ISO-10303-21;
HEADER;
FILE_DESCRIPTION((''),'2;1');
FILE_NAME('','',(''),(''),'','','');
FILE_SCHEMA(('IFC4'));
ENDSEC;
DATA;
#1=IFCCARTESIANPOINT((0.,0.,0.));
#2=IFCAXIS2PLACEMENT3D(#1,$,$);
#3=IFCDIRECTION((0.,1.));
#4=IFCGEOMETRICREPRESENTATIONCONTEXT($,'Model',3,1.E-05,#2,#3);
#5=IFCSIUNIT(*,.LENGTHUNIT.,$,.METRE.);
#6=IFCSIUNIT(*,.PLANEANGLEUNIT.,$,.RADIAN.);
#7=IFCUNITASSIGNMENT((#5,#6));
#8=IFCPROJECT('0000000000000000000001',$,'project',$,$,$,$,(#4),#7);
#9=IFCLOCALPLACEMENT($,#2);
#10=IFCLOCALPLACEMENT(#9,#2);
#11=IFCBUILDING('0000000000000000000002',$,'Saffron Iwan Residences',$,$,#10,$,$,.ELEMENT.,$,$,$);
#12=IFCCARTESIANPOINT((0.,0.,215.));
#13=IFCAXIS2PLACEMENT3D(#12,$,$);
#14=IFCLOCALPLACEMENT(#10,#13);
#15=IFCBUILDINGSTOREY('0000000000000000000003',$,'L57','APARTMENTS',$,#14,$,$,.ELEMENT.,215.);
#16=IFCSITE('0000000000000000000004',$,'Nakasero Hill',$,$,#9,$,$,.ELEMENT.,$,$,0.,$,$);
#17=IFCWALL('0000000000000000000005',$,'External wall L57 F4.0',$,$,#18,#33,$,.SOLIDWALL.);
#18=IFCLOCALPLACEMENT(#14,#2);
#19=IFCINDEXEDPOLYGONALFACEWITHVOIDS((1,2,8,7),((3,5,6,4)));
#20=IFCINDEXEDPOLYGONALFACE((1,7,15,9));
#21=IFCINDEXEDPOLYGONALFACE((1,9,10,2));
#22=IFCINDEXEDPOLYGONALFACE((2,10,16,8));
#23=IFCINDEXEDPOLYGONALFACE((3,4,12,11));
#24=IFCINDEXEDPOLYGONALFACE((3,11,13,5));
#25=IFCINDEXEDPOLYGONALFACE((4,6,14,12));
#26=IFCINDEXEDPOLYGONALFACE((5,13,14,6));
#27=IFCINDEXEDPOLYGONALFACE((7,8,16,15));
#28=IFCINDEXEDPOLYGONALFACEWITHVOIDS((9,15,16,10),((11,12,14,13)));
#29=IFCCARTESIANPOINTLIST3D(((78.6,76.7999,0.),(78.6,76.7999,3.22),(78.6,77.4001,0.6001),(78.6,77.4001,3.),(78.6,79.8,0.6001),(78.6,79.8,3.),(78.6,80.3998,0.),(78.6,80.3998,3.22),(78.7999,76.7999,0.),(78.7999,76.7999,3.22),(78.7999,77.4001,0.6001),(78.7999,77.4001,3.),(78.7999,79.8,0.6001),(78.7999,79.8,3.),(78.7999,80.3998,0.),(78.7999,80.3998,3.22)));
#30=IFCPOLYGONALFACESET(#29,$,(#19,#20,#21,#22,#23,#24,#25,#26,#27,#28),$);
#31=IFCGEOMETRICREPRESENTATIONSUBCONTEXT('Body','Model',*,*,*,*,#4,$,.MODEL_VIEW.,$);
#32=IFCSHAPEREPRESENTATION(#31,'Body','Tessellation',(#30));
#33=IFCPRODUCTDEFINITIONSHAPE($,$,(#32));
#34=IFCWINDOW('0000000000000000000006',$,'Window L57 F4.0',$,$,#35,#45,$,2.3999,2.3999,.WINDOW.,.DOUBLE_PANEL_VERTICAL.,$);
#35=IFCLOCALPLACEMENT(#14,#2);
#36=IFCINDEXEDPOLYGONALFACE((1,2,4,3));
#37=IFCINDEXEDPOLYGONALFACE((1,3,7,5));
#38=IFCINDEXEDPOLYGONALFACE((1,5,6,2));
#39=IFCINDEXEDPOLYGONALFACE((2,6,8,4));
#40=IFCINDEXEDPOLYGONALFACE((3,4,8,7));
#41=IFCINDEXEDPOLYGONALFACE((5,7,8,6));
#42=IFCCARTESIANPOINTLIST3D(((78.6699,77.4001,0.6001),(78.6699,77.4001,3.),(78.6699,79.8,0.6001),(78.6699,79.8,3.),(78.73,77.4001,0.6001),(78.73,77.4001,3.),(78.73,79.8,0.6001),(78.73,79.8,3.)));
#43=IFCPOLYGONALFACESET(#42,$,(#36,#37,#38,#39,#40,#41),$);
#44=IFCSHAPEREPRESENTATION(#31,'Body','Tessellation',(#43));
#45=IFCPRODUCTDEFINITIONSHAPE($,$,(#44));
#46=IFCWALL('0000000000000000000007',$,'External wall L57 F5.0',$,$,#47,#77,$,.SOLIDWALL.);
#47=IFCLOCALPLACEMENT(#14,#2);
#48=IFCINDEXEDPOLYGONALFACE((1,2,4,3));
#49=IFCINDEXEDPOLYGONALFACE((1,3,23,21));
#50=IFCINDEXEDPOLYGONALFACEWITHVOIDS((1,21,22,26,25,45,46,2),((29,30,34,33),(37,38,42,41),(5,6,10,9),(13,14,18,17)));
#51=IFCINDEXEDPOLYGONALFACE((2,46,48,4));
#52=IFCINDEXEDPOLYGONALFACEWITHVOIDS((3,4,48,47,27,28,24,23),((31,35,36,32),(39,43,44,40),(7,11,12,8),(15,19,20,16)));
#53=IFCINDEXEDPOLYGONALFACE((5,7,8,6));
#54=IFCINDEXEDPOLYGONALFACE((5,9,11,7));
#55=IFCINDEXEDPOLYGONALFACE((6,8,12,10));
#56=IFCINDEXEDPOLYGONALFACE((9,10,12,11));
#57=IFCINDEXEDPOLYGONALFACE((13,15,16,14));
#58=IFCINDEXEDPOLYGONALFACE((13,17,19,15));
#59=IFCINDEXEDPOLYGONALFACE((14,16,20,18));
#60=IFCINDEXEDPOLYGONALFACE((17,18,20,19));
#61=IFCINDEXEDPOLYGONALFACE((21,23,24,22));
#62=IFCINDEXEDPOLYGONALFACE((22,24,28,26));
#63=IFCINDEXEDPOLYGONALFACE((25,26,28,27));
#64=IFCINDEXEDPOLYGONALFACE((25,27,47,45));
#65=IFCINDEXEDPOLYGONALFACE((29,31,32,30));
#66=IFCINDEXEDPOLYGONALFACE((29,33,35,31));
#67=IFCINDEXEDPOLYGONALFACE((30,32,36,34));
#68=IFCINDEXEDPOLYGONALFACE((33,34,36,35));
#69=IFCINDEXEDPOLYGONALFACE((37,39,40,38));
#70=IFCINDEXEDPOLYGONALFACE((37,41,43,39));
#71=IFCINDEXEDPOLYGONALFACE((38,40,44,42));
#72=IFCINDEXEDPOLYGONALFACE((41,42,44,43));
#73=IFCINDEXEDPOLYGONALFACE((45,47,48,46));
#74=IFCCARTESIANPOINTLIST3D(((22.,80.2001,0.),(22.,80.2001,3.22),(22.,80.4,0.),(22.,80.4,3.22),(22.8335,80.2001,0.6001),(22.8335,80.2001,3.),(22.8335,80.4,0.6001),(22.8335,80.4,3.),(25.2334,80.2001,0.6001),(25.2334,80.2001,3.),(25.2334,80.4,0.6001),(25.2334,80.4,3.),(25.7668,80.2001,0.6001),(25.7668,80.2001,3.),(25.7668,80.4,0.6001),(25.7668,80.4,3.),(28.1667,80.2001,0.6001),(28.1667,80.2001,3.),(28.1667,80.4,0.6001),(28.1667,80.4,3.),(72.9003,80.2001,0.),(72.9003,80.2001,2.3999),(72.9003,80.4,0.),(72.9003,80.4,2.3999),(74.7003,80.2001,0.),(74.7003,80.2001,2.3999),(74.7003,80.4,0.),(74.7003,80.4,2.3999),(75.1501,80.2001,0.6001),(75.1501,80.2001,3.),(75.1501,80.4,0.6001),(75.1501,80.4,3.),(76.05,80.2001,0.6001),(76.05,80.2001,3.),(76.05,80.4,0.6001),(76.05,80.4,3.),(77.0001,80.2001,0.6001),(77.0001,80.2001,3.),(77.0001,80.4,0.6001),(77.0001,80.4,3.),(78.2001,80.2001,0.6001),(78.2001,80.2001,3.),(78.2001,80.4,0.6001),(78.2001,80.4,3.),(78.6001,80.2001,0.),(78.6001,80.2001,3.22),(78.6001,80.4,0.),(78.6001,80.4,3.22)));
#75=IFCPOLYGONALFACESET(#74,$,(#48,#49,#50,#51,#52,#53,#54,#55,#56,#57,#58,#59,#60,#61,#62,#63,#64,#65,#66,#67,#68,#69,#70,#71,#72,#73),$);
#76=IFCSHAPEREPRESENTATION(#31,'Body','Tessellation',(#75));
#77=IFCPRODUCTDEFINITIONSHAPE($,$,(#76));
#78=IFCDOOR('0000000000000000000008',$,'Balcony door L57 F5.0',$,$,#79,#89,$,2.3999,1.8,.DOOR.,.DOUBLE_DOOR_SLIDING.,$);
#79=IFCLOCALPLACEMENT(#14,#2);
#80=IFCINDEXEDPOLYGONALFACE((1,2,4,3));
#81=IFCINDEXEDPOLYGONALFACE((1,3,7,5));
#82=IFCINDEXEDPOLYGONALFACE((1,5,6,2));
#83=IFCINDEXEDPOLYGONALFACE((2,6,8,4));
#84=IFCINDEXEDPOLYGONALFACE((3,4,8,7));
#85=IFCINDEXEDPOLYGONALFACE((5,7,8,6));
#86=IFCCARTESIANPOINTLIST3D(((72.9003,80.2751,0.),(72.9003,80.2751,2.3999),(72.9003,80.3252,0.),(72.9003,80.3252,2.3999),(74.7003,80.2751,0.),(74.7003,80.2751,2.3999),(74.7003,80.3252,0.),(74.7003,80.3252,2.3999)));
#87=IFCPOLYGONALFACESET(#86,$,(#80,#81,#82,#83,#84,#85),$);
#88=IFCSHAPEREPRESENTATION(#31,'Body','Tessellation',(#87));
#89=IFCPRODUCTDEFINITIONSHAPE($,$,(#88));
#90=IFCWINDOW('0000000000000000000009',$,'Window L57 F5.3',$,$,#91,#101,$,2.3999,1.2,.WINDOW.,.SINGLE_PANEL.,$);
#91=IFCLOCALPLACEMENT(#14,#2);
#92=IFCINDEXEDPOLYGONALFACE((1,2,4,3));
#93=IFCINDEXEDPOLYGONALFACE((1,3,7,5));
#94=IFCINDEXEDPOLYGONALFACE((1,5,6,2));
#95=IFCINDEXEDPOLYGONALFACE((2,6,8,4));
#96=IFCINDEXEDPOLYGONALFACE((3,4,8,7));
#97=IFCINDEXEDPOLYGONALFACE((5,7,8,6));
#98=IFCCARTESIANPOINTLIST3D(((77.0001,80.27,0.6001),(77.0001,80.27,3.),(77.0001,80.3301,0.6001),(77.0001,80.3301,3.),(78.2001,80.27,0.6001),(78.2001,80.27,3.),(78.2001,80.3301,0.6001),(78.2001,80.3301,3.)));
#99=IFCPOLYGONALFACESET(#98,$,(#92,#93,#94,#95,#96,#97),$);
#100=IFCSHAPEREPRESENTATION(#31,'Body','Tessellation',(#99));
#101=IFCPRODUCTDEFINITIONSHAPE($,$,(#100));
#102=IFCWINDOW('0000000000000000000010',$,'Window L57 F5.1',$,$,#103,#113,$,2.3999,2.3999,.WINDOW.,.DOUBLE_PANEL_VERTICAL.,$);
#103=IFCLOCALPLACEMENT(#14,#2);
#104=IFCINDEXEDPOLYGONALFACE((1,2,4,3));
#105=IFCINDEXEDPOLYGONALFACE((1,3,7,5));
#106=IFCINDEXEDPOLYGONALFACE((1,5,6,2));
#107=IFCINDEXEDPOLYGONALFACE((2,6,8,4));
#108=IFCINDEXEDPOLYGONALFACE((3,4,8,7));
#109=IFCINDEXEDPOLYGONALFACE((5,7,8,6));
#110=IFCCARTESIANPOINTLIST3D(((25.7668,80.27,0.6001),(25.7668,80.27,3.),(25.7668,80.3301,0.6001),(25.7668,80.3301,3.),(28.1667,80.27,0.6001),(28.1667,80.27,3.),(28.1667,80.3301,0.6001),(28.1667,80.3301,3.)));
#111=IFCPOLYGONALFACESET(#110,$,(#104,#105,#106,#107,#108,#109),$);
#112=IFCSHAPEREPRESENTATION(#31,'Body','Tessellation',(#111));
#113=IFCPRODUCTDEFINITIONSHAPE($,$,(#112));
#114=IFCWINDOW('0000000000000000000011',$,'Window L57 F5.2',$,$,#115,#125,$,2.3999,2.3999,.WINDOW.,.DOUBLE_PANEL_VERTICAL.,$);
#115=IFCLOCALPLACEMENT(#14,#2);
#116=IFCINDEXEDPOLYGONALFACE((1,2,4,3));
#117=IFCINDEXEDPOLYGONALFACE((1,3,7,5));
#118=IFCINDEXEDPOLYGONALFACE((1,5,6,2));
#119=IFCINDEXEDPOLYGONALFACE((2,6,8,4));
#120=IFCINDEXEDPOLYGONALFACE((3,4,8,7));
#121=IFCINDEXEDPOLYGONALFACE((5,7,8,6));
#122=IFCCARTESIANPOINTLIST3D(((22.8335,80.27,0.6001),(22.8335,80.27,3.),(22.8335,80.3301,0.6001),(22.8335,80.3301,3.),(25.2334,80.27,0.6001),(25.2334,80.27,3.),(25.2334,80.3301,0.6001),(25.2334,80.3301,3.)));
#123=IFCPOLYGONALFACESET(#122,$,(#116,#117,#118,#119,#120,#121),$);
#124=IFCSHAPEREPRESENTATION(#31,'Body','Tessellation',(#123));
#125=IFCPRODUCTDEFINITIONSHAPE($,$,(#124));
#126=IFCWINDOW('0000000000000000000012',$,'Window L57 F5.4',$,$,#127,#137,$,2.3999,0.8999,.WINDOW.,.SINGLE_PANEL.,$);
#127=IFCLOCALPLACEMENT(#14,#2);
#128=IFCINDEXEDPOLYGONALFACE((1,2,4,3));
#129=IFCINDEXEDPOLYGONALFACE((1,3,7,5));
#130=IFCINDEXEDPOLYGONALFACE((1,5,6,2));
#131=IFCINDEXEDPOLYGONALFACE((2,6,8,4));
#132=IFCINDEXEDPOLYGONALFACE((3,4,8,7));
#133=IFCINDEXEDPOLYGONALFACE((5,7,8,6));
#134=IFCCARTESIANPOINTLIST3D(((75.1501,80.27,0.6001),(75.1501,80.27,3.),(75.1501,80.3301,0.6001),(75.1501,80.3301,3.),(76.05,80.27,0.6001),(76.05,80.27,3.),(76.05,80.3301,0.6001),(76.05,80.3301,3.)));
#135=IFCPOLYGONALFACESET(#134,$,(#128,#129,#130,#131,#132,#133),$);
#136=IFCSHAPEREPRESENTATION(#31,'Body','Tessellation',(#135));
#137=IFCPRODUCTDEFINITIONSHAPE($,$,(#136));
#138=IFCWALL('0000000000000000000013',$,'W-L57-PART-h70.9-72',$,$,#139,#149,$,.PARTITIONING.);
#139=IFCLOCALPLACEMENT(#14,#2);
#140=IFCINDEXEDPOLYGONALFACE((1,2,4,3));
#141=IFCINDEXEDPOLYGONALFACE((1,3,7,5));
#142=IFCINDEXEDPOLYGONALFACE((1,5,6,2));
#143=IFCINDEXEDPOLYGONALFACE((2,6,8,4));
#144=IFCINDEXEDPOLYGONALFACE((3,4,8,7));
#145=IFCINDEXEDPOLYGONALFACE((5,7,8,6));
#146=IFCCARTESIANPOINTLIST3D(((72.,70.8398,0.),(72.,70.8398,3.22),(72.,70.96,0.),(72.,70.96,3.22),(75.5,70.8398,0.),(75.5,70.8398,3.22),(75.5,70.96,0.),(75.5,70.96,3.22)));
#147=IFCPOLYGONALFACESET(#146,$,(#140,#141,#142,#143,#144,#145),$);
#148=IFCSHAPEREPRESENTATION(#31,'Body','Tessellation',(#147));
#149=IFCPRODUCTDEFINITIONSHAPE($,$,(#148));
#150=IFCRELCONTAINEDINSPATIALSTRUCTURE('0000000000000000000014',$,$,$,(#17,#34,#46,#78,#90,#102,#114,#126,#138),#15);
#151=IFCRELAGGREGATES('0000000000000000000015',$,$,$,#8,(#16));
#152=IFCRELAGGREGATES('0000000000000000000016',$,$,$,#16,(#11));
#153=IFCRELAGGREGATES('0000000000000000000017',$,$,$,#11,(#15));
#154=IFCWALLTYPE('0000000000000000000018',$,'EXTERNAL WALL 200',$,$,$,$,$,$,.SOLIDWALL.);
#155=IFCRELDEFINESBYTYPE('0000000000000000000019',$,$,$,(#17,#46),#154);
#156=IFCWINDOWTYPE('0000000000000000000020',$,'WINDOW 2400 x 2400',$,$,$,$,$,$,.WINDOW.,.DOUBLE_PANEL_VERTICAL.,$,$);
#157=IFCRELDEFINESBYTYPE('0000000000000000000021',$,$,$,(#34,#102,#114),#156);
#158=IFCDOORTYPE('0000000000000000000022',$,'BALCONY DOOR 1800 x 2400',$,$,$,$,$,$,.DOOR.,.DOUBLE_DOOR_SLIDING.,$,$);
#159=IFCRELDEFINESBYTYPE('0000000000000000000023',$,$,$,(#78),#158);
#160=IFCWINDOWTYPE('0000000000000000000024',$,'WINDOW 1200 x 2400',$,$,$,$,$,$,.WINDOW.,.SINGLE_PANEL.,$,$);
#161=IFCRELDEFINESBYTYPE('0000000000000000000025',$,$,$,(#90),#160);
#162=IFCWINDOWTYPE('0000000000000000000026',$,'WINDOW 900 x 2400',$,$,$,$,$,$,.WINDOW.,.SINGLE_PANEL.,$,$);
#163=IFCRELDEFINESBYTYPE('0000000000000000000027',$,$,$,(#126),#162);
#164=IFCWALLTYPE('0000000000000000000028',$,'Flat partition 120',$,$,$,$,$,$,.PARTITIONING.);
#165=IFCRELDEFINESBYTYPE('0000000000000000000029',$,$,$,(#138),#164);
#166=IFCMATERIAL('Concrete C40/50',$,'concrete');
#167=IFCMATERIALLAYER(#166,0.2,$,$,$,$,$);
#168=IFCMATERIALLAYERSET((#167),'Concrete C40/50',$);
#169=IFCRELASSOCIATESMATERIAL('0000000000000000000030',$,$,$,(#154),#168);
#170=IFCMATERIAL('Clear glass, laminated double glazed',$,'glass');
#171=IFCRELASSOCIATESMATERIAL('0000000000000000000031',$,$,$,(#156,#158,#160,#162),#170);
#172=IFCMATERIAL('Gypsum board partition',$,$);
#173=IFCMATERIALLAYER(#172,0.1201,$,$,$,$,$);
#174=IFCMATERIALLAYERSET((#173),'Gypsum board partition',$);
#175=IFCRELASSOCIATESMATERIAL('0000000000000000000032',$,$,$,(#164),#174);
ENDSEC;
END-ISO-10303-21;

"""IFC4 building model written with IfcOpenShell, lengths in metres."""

from ifc_helpers import new_model, si_unit, direction, frame, frame_2d, origin, place, context, subcontext, project, spatial, rectangle, extrude, material, layer, layer_set, type_object, element, fill, save


model = new_model("IFC4")

# Units and contexts
model_context = context("Model", 3, precision=1e-05, world=origin(), true_north=direction((0.0, 1.0)))
body_context = subcontext(model_context, "Body", "Model", "MODEL_VIEW")
ifc_project = project(units=[si_unit("LENGTHUNIT", "METRE"), si_unit("PLANEANGLEUNIT", "RADIAN")], contexts=[model_context])

# Site, building, storey
site_placement = place(None, origin())
site = spatial("IfcSite", under=ifc_project, at=site_placement, Name="Nakasero Hill", CompositionType="ELEMENT", RefElevation=0.0)
building_placement = place(site_placement, origin())
building = spatial("IfcBuilding", under=site, at=building_placement, Name="Saffron Iwan Residences", CompositionType="ELEMENT")
storey_placement = place(building_placement, frame((0.0, 0.0, 215.0)))
storey = spatial("IfcBuildingStorey", under=building, at=storey_placement, Name="L57", Description="APARTMENTS", CompositionType="ELEMENT", Elevation=215.0)

# Shared definitions
ifc_material_1 = material(Name="Concrete C40/50", Category="concrete")

# Wall, opening, window
ifc_layer_1 = layer(ifc_material_1, 0.2)
ifc_layer_set_1 = layer_set([ifc_layer_1], Name="Concrete C40/50")
wall_type_1 = type_object("IfcWallType", Name="EXTERNAL WALL 200", PredefinedType="SOLIDWALL", material=ifc_layer_set_1)
ifc_material_2 = material(Name="Clear glass, laminated double glazed", Category="glass")
wall_1_placement = place(storey_placement, frame((78.7, 76.8, 0.0), z_axis=(0.0, 0.0, 1.0), x_axis=(0.0, 1.0, 0.0)))
wall_1 = element("IfcWall", 1, at=wall_1_placement, inside=storey, type_object=wall_type_1, Name="External wall L57 F4.0", PredefinedType="SOLIDWALL", context=body_context, shape_type="SweptSolid", body=[
    extrude(rectangle(XDim=3.5999, YDim=0.2, at=frame_2d((1.7998, 0.0))), origin(), (0.0, 0.0, 1.0), 3.22),
])
opening_1_placement = place(wall_1_placement, frame((0.6001, 0.0, 0.6001)))
opening_1 = element("IfcOpeningElement", 2, at=opening_1_placement, cuts=wall_1, PredefinedType="OPENING", context=body_context, shape_type="SweptSolid", body=[
    extrude(rectangle(XDim=2.3999, YDim=2.3999, at=frame_2d((1.2, 1.2))), frame((0.0, 0.1099, 0.0), z_axis=(0.0, -1.0, 0.0), x_axis=(1.0, 0.0, 0.0)), (0.0, 0.0, 1.0), 0.22),
])
window_type_1 = type_object("IfcWindowType", Name="WINDOW 2400 x 2400", PartitioningType="DOUBLE_PANEL_VERTICAL", PredefinedType="WINDOW", material=ifc_material_2)
window_1_placement = place(opening_1_placement, origin())
window_1 = element("IfcWindow", 3, at=window_1_placement, inside=storey, type_object=window_type_1, Name="Window L57 F4.0", OverallHeight=2.3999, OverallWidth=2.3999, PartitioningType="DOUBLE_PANEL_VERTICAL", PredefinedType="WINDOW", context=body_context, shape_type="SweptSolid", body=[
    extrude(rectangle(XDim=2.3999, YDim=2.3999, at=frame_2d((1.2, 1.2))), frame((0.0, 0.03, 0.0), z_axis=(0.0, -1.0, 0.0), x_axis=(1.0, 0.0, 0.0)), (0.0, 0.0, 1.0), 0.0601),
])
fill(opening_1, window_1)

# Wall, openings, door, windows
wall_2_placement = place(storey_placement, frame((78.6001, 80.3, 0.0), z_axis=(0.0, 0.0, 1.0), x_axis=(-1.0, 0.0, 0.0)))
wall_2 = element("IfcWall", 4, at=wall_2_placement, inside=storey, type_object=wall_type_1, Name="External wall L57 F5.0", PredefinedType="SOLIDWALL", context=body_context, shape_type="SweptSolid", body=[
    extrude(rectangle(XDim=56.6001, YDim=0.2, at=frame_2d((28.3, 0.0))), origin(), (0.0, 0.0, 1.0), 3.22),
])
opening_2_placement = place(wall_2_placement, frame((3.8999, 0.0, 0.0)))
opening_2 = element("IfcOpeningElement", 5, at=opening_2_placement, cuts=wall_2, PredefinedType="OPENING", context=body_context, shape_type="SweptSolid", body=[
    extrude(rectangle(XDim=1.8, YDim=2.3999, at=frame_2d((0.8999, 1.2))), frame((0.0, 0.1099, 0.0), z_axis=(0.0, -1.0, 0.0), x_axis=(1.0, 0.0, 0.0)), (0.0, 0.0, 1.0), 0.22),
])
opening_3_placement = place(wall_2_placement, frame((50.4333, 0.0, 0.6001)))
opening_3 = element("IfcOpeningElement", 6, at=opening_3_placement, cuts=wall_2, PredefinedType="OPENING", context=body_context, shape_type="SweptSolid", body=[
    extrude(rectangle(XDim=2.3999, YDim=2.3999, at=frame_2d((1.2, 1.2))), frame((0.0, 0.1099, 0.0), z_axis=(0.0, -1.0, 0.0), x_axis=(1.0, 0.0, 0.0)), (0.0, 0.0, 1.0), 0.22),
])
opening_4_placement = place(wall_2_placement, frame((53.3667, 0.0, 0.6001)))
opening_4 = element("IfcOpeningElement", 7, at=opening_4_placement, cuts=wall_2, PredefinedType="OPENING", context=body_context, shape_type="SweptSolid", body=[
    extrude(rectangle(XDim=2.3999, YDim=2.3999, at=frame_2d((1.2, 1.2))), frame((0.0, 0.1099, 0.0), z_axis=(0.0, -1.0, 0.0), x_axis=(1.0, 0.0, 0.0)), (0.0, 0.0, 1.0), 0.22),
])
opening_5_placement = place(wall_2_placement, frame((0.3999, 0.0, 0.6001)))
opening_5 = element("IfcOpeningElement", 8, at=opening_5_placement, cuts=wall_2, PredefinedType="OPENING", context=body_context, shape_type="SweptSolid", body=[
    extrude(rectangle(XDim=1.2, YDim=2.3999, at=frame_2d((0.6001, 1.2))), frame((0.0, 0.1099, 0.0), z_axis=(0.0, -1.0, 0.0), x_axis=(1.0, 0.0, 0.0)), (0.0, 0.0, 1.0), 0.22),
])
opening_6_placement = place(wall_2_placement, frame((2.55, 0.0, 0.6001)))
opening_6 = element("IfcOpeningElement", 9, at=opening_6_placement, cuts=wall_2, PredefinedType="OPENING", context=body_context, shape_type="SweptSolid", body=[
    extrude(rectangle(XDim=0.8999, YDim=2.3999, at=frame_2d((0.45, 1.2))), frame((0.0, 0.1099, 0.0), z_axis=(0.0, -1.0, 0.0), x_axis=(1.0, 0.0, 0.0)), (0.0, 0.0, 1.0), 0.22),
])
door_type_1 = type_object("IfcDoorType", Name="BALCONY DOOR 1800 x 2400", OperationType="DOUBLE_DOOR_SLIDING", PredefinedType="DOOR", material=ifc_material_2)
door_1_placement = place(opening_2_placement, origin())
door_1 = element("IfcDoor", 10, at=door_1_placement, inside=storey, type_object=door_type_1, Name="Balcony door L57 F5.0", OperationType="DOUBLE_DOOR_SLIDING", OverallHeight=2.3999, OverallWidth=1.8, PredefinedType="DOOR", context=body_context, shape_type="SweptSolid", body=[
    extrude(rectangle(XDim=1.8, YDim=2.3999, at=frame_2d((0.8999, 1.2))), frame((0.0, 0.0249, 0.0), z_axis=(0.0, -1.0, 0.0), x_axis=(1.0, 0.0, 0.0)), (0.0, 0.0, 1.0), 0.05),
])
fill(opening_2, door_1)
window_type_2 = type_object("IfcWindowType", Name="WINDOW 1200 x 2400", PartitioningType="SINGLE_PANEL", PredefinedType="WINDOW", material=ifc_material_2)
window_2_placement = place(opening_5_placement, origin())
window_2 = element("IfcWindow", 11, at=window_2_placement, inside=storey, type_object=window_type_2, Name="Window L57 F5.3", OverallHeight=2.3999, OverallWidth=1.2, PartitioningType="SINGLE_PANEL", PredefinedType="WINDOW", context=body_context, shape_type="SweptSolid", body=[
    extrude(rectangle(XDim=1.2, YDim=2.3999, at=frame_2d((0.6001, 1.2))), frame((0.0, 0.03, 0.0), z_axis=(0.0, -1.0, 0.0), x_axis=(1.0, 0.0, 0.0)), (0.0, 0.0, 1.0), 0.0601),
])
fill(opening_5, window_2)
window_3_placement = place(opening_3_placement, origin())
window_3 = element("IfcWindow", 12, at=window_3_placement, inside=storey, type_object=window_type_1, Name="Window L57 F5.1", OverallHeight=2.3999, OverallWidth=2.3999, PartitioningType="DOUBLE_PANEL_VERTICAL", PredefinedType="WINDOW", context=body_context, shape_type="SweptSolid", body=[
    extrude(rectangle(XDim=2.3999, YDim=2.3999, at=frame_2d((1.2, 1.2))), frame((0.0, 0.03, 0.0), z_axis=(0.0, -1.0, 0.0), x_axis=(1.0, 0.0, 0.0)), (0.0, 0.0, 1.0), 0.0601),
])
fill(opening_3, window_3)
window_4_placement = place(opening_4_placement, origin())
window_4 = element("IfcWindow", 13, at=window_4_placement, inside=storey, type_object=window_type_1, Name="Window L57 F5.2", OverallHeight=2.3999, OverallWidth=2.3999, PartitioningType="DOUBLE_PANEL_VERTICAL", PredefinedType="WINDOW", context=body_context, shape_type="SweptSolid", body=[
    extrude(rectangle(XDim=2.3999, YDim=2.3999, at=frame_2d((1.2, 1.2))), frame((0.0, 0.03, 0.0), z_axis=(0.0, -1.0, 0.0), x_axis=(1.0, 0.0, 0.0)), (0.0, 0.0, 1.0), 0.0601),
])
fill(opening_4, window_4)
window_type_3 = type_object("IfcWindowType", Name="WINDOW 900 x 2400", PartitioningType="SINGLE_PANEL", PredefinedType="WINDOW", material=ifc_material_2)
window_5_placement = place(opening_6_placement, origin())
window_5 = element("IfcWindow", 14, at=window_5_placement, inside=storey, type_object=window_type_3, Name="Window L57 F5.4", OverallHeight=2.3999, OverallWidth=0.8999, PartitioningType="SINGLE_PANEL", PredefinedType="WINDOW", context=body_context, shape_type="SweptSolid", body=[
    extrude(rectangle(XDim=0.8999, YDim=2.3999, at=frame_2d((0.45, 1.2))), frame((0.0, 0.03, 0.0), z_axis=(0.0, -1.0, 0.0), x_axis=(1.0, 0.0, 0.0)), (0.0, 0.0, 1.0), 0.0601),
])
fill(opening_6, window_5)

# Wall
ifc_material_3 = material(Name="Gypsum board partition")
ifc_layer_2 = layer(ifc_material_3, 0.1201)
ifc_layer_set_2 = layer_set([ifc_layer_2], Name="Gypsum board partition")
wall_type_2 = type_object("IfcWallType", Name="Flat partition 120", PredefinedType="PARTITIONING", material=ifc_layer_set_2)
wall_3_placement = place(storey_placement, frame((72.0, 70.8999, 0.0), z_axis=(0.0, 0.0, 1.0), x_axis=(1.0, 0.0, 0.0)))
element("IfcWall", 15, at=wall_3_placement, inside=storey, type_object=wall_type_2, Name="W-L57-PART-h70.9-72", PredefinedType="PARTITIONING", context=body_context, shape_type="SweptSolid", body=[
    extrude(rectangle(XDim=3.5, YDim=0.1201, at=frame_2d((1.75, 0.0))), origin(), (0.0, 0.0, 1.0), 3.22),
])

save(model, "model.ifc")
